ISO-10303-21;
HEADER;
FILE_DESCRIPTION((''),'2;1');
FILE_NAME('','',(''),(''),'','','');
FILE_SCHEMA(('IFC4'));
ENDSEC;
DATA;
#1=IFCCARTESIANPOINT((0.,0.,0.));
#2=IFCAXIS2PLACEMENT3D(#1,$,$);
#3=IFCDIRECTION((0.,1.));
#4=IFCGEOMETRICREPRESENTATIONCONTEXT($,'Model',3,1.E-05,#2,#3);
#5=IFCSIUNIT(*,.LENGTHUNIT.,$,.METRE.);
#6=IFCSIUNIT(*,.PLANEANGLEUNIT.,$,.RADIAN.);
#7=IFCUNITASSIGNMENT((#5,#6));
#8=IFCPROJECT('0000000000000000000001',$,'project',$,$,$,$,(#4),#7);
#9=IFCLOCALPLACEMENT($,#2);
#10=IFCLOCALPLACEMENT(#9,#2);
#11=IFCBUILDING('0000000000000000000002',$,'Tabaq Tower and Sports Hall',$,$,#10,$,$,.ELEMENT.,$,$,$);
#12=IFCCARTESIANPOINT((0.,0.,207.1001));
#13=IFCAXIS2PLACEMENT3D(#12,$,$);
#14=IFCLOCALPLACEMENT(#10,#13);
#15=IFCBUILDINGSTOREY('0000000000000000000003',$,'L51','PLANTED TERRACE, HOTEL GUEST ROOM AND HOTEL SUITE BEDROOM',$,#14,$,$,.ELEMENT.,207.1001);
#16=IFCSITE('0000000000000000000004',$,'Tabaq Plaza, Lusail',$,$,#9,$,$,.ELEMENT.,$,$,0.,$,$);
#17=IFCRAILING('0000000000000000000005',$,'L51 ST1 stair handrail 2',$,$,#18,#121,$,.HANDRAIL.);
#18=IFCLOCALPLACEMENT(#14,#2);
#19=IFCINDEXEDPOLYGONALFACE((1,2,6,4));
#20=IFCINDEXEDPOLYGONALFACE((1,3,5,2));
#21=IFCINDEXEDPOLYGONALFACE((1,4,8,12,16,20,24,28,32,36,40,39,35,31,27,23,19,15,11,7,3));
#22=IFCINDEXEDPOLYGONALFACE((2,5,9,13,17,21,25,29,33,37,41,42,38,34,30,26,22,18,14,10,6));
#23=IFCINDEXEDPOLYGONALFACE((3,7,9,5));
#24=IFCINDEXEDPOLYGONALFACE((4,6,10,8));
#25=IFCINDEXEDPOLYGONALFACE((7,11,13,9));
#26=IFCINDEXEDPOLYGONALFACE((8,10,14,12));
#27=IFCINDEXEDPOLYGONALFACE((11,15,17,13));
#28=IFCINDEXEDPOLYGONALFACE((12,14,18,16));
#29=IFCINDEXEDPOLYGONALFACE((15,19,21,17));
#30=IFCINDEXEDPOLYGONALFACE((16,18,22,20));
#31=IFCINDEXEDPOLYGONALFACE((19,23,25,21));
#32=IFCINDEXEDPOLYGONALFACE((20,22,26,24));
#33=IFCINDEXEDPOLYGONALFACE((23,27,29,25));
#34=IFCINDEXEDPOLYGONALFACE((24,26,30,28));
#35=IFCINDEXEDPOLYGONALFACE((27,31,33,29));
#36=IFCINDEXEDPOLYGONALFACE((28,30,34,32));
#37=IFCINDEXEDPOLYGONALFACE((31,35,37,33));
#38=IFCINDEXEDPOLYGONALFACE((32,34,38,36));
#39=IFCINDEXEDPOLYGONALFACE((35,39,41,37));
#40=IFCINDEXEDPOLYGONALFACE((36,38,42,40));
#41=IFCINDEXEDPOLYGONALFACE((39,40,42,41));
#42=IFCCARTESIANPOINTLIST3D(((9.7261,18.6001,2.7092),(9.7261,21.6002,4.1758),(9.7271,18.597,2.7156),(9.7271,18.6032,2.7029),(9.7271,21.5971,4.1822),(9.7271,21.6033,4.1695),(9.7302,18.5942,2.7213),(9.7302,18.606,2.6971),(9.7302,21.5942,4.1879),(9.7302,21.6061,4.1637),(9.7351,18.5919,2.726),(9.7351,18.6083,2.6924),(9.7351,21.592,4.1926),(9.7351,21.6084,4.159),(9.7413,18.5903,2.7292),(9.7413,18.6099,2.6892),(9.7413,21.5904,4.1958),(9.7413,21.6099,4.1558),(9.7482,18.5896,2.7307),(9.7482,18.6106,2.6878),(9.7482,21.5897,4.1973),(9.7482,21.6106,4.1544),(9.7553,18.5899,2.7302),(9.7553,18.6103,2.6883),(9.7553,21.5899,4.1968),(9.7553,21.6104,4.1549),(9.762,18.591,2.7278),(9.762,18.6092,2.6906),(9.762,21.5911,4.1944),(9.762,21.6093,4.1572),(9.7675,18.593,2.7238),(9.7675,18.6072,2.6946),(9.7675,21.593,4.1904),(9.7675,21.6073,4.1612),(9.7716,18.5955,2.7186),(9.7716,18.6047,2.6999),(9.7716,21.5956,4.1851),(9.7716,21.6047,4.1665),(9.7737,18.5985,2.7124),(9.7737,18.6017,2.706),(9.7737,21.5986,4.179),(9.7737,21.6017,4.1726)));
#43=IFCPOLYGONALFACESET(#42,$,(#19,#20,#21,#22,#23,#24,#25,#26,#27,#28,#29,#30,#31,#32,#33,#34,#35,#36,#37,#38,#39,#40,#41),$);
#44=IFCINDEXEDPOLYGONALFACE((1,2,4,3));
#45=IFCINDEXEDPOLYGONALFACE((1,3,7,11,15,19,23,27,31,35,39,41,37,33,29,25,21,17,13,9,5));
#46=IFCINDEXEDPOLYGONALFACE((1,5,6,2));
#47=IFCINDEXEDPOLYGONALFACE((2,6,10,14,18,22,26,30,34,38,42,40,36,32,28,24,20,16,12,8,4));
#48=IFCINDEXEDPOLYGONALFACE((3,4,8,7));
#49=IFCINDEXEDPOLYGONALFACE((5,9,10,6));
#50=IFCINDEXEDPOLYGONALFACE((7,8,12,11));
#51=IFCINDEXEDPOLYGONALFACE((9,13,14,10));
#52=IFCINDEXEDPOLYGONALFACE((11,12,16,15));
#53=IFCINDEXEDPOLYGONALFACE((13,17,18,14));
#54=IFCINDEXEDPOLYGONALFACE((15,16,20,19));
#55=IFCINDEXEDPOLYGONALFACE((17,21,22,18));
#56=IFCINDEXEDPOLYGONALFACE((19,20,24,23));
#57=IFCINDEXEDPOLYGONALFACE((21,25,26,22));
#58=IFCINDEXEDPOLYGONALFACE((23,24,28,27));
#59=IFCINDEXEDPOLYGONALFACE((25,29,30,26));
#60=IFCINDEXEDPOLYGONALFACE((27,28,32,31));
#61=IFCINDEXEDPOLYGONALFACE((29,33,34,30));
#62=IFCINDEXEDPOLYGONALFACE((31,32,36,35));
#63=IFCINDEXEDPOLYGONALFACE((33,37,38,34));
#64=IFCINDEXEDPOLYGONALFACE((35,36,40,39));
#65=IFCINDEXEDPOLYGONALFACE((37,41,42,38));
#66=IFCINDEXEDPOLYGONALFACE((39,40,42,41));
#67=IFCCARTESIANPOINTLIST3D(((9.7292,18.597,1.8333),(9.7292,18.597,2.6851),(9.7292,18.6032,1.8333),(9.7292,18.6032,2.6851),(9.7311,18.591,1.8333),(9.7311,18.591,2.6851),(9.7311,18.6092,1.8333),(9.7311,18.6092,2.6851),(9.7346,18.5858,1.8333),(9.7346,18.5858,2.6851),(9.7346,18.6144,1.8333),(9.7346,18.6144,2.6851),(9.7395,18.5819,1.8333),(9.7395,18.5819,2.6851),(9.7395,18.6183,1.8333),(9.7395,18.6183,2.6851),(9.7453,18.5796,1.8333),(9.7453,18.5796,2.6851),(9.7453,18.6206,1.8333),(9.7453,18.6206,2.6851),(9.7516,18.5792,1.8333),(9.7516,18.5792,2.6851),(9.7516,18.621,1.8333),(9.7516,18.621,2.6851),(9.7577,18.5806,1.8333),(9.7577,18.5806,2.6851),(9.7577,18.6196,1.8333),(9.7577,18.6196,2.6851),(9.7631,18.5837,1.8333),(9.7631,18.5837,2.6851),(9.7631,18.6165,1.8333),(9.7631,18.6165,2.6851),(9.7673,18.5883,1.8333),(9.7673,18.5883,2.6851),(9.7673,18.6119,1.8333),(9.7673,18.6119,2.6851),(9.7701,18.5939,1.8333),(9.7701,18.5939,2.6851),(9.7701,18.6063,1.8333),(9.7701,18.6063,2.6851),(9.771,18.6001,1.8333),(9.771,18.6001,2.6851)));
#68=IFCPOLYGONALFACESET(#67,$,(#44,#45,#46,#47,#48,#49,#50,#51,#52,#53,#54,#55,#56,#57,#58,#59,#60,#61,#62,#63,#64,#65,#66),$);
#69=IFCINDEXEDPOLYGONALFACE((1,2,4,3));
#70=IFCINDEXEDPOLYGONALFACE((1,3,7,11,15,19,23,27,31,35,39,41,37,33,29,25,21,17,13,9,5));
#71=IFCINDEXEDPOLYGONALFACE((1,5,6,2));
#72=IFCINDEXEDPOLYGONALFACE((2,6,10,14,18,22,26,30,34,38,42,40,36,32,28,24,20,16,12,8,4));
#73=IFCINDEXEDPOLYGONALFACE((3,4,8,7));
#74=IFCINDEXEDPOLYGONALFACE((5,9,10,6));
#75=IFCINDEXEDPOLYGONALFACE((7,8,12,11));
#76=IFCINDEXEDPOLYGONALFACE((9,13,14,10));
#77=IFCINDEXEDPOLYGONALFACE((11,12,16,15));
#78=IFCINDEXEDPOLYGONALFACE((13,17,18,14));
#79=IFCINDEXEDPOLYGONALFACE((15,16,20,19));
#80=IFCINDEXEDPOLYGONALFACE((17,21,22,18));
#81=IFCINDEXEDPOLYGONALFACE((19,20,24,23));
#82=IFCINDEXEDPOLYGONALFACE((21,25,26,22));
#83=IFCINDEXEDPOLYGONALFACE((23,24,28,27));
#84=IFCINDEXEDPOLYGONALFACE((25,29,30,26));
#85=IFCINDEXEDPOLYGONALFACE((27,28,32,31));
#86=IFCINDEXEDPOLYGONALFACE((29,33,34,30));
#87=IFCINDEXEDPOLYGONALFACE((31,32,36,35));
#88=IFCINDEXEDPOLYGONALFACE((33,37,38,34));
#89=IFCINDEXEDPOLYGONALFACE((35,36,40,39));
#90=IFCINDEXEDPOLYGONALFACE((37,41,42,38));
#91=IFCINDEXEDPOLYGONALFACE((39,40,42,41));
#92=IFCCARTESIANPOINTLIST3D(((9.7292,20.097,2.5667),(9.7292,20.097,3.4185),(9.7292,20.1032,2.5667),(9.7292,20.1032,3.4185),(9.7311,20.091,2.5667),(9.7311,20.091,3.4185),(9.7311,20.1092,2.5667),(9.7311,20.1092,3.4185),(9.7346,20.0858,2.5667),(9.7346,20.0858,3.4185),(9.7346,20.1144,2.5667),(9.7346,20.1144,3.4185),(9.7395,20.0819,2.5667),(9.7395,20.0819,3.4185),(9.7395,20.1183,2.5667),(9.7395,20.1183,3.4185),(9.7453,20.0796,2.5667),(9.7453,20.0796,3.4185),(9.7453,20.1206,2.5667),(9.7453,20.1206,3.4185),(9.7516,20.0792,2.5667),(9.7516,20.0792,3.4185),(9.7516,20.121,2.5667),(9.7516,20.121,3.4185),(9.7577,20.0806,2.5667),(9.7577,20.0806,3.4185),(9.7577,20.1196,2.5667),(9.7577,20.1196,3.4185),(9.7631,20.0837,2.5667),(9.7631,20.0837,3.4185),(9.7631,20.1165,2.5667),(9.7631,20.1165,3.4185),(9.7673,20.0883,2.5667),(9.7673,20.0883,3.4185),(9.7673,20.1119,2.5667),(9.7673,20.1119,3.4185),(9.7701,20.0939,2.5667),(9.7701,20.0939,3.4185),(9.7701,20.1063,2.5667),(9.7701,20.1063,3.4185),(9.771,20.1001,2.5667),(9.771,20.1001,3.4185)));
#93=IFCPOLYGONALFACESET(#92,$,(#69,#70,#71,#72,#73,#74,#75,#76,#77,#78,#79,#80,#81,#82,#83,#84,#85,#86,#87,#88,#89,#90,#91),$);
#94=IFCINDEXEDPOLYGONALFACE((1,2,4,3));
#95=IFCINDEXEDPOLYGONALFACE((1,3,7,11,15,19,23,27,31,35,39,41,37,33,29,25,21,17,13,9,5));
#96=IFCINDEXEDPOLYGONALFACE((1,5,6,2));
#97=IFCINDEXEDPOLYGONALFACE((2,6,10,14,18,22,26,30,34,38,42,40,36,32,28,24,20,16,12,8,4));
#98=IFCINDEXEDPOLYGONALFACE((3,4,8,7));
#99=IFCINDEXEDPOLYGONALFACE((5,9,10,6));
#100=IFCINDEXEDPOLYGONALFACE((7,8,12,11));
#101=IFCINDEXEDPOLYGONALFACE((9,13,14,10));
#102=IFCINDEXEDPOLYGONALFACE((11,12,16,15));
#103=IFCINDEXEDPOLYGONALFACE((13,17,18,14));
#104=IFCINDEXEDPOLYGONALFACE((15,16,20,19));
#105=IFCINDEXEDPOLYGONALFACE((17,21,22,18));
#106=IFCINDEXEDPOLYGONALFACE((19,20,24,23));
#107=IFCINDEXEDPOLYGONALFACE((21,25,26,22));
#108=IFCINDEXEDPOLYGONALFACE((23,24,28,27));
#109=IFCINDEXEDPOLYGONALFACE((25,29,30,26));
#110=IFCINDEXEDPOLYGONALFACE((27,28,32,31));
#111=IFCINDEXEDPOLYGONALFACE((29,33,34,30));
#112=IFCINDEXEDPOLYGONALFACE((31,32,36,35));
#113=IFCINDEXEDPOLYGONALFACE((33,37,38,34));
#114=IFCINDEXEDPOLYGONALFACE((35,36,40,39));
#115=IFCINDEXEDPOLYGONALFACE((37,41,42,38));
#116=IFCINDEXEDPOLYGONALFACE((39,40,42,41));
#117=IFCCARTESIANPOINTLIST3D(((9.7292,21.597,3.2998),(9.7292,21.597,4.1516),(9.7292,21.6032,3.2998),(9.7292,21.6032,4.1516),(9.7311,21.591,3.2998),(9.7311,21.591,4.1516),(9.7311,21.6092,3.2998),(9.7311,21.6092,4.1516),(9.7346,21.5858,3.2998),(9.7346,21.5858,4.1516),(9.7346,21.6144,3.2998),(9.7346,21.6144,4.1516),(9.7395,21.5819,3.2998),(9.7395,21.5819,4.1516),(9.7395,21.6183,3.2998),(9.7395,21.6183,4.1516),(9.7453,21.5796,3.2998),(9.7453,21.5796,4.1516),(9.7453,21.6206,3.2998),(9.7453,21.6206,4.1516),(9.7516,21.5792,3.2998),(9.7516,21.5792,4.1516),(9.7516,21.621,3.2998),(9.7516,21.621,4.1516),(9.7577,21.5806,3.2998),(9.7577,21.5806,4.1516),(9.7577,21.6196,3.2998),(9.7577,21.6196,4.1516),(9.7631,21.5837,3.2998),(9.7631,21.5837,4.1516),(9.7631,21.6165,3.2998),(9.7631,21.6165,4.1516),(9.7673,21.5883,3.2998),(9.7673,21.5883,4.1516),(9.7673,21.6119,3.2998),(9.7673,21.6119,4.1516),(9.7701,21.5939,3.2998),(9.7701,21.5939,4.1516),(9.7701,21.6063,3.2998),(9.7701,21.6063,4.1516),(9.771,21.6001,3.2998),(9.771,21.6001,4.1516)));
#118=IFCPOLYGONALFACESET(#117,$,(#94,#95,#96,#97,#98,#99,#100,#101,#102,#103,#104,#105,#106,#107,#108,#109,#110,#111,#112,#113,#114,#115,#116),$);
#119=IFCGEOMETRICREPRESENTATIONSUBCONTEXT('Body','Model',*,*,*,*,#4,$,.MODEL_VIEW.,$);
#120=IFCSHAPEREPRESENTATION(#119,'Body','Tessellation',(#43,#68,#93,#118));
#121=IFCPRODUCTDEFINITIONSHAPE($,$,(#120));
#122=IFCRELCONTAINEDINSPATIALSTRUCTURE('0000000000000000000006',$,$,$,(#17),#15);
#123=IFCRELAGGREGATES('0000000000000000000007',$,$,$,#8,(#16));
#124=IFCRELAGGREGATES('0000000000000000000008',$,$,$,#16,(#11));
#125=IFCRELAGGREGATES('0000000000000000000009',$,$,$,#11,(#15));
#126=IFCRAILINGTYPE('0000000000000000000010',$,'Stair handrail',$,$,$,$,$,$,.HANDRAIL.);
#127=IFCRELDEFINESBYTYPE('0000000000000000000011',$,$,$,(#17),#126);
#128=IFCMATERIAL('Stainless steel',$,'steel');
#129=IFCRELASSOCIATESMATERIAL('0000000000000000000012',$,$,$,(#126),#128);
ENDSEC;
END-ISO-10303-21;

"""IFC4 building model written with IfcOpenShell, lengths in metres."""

from ifc_helpers import new_model, si_unit, direction, frame, origin, origin_2d, place, context, subcontext, project, spatial, circle, extrude, material, type_object, element, save


model = new_model("IFC4")

# Units and contexts
model_context = context("Model", 3, precision=1e-05, world=origin(), true_north=direction((0.0, 1.0)))
body_context = subcontext(model_context, "Body", "Model", "MODEL_VIEW")
ifc_project = project(units=[si_unit("LENGTHUNIT", "METRE"), si_unit("PLANEANGLEUNIT", "RADIAN")], contexts=[model_context])

# Site, building, storey
site_placement = place(None, origin())
site = spatial("IfcSite", under=ifc_project, at=site_placement, Name="Tabaq Plaza, Lusail", CompositionType="ELEMENT", RefElevation=0.0)
building_placement = place(site_placement, origin())
building = spatial("IfcBuilding", under=site, at=building_placement, Name="Tabaq Tower and Sports Hall", CompositionType="ELEMENT")
storey_placement = place(building_placement, frame((0.0, 0.0, 207.1001)))
storey = spatial("IfcBuildingStorey", under=building, at=storey_placement, Name="L51", Description="PLANTED TERRACE, HOTEL GUEST ROOM AND HOTEL SUITE BEDROOM", CompositionType="ELEMENT", Elevation=207.1001)

# Railing
ifc_material_1 = material(Name="Stainless steel", Category="steel")
railing_type_1 = type_object("IfcRailingType", Name="Stair handrail", PredefinedType="HANDRAIL", material=ifc_material_1)
railing_1_placement = place(storey_placement, frame((9.75, 18.6001, 1.8333)))
element("IfcRailing", 1, at=railing_1_placement, inside=storey, type_object=railing_type_1, Name="L51 ST1 stair handrail 2", PredefinedType="HANDRAIL", context=body_context, shape_type="SweptSolid", body=[
    extrude(circle(Radius=0.0239, at=origin_2d()), frame((0.0, 0.0, 0.876), z_axis=(0.0, 0.898398, 0.439183), x_axis=(-1.0, 0.0, 0.0)), (0.0, 0.0, 1.0), 3.3394),
    extrude(circle(Radius=0.021, at=origin_2d()), origin(), (0.0, 0.0, 1.0), 0.8518),
    extrude(circle(Radius=0.021, at=origin_2d()), frame((0.0, 1.5, 0.7334)), (0.0, 0.0, 1.0), 0.8518),
    extrude(circle(Radius=0.021, at=origin_2d()), frame((0.0, 3.0, 1.4666)), (0.0, 0.0, 1.0), 0.8518),
])

save(model, "model.ifc")
